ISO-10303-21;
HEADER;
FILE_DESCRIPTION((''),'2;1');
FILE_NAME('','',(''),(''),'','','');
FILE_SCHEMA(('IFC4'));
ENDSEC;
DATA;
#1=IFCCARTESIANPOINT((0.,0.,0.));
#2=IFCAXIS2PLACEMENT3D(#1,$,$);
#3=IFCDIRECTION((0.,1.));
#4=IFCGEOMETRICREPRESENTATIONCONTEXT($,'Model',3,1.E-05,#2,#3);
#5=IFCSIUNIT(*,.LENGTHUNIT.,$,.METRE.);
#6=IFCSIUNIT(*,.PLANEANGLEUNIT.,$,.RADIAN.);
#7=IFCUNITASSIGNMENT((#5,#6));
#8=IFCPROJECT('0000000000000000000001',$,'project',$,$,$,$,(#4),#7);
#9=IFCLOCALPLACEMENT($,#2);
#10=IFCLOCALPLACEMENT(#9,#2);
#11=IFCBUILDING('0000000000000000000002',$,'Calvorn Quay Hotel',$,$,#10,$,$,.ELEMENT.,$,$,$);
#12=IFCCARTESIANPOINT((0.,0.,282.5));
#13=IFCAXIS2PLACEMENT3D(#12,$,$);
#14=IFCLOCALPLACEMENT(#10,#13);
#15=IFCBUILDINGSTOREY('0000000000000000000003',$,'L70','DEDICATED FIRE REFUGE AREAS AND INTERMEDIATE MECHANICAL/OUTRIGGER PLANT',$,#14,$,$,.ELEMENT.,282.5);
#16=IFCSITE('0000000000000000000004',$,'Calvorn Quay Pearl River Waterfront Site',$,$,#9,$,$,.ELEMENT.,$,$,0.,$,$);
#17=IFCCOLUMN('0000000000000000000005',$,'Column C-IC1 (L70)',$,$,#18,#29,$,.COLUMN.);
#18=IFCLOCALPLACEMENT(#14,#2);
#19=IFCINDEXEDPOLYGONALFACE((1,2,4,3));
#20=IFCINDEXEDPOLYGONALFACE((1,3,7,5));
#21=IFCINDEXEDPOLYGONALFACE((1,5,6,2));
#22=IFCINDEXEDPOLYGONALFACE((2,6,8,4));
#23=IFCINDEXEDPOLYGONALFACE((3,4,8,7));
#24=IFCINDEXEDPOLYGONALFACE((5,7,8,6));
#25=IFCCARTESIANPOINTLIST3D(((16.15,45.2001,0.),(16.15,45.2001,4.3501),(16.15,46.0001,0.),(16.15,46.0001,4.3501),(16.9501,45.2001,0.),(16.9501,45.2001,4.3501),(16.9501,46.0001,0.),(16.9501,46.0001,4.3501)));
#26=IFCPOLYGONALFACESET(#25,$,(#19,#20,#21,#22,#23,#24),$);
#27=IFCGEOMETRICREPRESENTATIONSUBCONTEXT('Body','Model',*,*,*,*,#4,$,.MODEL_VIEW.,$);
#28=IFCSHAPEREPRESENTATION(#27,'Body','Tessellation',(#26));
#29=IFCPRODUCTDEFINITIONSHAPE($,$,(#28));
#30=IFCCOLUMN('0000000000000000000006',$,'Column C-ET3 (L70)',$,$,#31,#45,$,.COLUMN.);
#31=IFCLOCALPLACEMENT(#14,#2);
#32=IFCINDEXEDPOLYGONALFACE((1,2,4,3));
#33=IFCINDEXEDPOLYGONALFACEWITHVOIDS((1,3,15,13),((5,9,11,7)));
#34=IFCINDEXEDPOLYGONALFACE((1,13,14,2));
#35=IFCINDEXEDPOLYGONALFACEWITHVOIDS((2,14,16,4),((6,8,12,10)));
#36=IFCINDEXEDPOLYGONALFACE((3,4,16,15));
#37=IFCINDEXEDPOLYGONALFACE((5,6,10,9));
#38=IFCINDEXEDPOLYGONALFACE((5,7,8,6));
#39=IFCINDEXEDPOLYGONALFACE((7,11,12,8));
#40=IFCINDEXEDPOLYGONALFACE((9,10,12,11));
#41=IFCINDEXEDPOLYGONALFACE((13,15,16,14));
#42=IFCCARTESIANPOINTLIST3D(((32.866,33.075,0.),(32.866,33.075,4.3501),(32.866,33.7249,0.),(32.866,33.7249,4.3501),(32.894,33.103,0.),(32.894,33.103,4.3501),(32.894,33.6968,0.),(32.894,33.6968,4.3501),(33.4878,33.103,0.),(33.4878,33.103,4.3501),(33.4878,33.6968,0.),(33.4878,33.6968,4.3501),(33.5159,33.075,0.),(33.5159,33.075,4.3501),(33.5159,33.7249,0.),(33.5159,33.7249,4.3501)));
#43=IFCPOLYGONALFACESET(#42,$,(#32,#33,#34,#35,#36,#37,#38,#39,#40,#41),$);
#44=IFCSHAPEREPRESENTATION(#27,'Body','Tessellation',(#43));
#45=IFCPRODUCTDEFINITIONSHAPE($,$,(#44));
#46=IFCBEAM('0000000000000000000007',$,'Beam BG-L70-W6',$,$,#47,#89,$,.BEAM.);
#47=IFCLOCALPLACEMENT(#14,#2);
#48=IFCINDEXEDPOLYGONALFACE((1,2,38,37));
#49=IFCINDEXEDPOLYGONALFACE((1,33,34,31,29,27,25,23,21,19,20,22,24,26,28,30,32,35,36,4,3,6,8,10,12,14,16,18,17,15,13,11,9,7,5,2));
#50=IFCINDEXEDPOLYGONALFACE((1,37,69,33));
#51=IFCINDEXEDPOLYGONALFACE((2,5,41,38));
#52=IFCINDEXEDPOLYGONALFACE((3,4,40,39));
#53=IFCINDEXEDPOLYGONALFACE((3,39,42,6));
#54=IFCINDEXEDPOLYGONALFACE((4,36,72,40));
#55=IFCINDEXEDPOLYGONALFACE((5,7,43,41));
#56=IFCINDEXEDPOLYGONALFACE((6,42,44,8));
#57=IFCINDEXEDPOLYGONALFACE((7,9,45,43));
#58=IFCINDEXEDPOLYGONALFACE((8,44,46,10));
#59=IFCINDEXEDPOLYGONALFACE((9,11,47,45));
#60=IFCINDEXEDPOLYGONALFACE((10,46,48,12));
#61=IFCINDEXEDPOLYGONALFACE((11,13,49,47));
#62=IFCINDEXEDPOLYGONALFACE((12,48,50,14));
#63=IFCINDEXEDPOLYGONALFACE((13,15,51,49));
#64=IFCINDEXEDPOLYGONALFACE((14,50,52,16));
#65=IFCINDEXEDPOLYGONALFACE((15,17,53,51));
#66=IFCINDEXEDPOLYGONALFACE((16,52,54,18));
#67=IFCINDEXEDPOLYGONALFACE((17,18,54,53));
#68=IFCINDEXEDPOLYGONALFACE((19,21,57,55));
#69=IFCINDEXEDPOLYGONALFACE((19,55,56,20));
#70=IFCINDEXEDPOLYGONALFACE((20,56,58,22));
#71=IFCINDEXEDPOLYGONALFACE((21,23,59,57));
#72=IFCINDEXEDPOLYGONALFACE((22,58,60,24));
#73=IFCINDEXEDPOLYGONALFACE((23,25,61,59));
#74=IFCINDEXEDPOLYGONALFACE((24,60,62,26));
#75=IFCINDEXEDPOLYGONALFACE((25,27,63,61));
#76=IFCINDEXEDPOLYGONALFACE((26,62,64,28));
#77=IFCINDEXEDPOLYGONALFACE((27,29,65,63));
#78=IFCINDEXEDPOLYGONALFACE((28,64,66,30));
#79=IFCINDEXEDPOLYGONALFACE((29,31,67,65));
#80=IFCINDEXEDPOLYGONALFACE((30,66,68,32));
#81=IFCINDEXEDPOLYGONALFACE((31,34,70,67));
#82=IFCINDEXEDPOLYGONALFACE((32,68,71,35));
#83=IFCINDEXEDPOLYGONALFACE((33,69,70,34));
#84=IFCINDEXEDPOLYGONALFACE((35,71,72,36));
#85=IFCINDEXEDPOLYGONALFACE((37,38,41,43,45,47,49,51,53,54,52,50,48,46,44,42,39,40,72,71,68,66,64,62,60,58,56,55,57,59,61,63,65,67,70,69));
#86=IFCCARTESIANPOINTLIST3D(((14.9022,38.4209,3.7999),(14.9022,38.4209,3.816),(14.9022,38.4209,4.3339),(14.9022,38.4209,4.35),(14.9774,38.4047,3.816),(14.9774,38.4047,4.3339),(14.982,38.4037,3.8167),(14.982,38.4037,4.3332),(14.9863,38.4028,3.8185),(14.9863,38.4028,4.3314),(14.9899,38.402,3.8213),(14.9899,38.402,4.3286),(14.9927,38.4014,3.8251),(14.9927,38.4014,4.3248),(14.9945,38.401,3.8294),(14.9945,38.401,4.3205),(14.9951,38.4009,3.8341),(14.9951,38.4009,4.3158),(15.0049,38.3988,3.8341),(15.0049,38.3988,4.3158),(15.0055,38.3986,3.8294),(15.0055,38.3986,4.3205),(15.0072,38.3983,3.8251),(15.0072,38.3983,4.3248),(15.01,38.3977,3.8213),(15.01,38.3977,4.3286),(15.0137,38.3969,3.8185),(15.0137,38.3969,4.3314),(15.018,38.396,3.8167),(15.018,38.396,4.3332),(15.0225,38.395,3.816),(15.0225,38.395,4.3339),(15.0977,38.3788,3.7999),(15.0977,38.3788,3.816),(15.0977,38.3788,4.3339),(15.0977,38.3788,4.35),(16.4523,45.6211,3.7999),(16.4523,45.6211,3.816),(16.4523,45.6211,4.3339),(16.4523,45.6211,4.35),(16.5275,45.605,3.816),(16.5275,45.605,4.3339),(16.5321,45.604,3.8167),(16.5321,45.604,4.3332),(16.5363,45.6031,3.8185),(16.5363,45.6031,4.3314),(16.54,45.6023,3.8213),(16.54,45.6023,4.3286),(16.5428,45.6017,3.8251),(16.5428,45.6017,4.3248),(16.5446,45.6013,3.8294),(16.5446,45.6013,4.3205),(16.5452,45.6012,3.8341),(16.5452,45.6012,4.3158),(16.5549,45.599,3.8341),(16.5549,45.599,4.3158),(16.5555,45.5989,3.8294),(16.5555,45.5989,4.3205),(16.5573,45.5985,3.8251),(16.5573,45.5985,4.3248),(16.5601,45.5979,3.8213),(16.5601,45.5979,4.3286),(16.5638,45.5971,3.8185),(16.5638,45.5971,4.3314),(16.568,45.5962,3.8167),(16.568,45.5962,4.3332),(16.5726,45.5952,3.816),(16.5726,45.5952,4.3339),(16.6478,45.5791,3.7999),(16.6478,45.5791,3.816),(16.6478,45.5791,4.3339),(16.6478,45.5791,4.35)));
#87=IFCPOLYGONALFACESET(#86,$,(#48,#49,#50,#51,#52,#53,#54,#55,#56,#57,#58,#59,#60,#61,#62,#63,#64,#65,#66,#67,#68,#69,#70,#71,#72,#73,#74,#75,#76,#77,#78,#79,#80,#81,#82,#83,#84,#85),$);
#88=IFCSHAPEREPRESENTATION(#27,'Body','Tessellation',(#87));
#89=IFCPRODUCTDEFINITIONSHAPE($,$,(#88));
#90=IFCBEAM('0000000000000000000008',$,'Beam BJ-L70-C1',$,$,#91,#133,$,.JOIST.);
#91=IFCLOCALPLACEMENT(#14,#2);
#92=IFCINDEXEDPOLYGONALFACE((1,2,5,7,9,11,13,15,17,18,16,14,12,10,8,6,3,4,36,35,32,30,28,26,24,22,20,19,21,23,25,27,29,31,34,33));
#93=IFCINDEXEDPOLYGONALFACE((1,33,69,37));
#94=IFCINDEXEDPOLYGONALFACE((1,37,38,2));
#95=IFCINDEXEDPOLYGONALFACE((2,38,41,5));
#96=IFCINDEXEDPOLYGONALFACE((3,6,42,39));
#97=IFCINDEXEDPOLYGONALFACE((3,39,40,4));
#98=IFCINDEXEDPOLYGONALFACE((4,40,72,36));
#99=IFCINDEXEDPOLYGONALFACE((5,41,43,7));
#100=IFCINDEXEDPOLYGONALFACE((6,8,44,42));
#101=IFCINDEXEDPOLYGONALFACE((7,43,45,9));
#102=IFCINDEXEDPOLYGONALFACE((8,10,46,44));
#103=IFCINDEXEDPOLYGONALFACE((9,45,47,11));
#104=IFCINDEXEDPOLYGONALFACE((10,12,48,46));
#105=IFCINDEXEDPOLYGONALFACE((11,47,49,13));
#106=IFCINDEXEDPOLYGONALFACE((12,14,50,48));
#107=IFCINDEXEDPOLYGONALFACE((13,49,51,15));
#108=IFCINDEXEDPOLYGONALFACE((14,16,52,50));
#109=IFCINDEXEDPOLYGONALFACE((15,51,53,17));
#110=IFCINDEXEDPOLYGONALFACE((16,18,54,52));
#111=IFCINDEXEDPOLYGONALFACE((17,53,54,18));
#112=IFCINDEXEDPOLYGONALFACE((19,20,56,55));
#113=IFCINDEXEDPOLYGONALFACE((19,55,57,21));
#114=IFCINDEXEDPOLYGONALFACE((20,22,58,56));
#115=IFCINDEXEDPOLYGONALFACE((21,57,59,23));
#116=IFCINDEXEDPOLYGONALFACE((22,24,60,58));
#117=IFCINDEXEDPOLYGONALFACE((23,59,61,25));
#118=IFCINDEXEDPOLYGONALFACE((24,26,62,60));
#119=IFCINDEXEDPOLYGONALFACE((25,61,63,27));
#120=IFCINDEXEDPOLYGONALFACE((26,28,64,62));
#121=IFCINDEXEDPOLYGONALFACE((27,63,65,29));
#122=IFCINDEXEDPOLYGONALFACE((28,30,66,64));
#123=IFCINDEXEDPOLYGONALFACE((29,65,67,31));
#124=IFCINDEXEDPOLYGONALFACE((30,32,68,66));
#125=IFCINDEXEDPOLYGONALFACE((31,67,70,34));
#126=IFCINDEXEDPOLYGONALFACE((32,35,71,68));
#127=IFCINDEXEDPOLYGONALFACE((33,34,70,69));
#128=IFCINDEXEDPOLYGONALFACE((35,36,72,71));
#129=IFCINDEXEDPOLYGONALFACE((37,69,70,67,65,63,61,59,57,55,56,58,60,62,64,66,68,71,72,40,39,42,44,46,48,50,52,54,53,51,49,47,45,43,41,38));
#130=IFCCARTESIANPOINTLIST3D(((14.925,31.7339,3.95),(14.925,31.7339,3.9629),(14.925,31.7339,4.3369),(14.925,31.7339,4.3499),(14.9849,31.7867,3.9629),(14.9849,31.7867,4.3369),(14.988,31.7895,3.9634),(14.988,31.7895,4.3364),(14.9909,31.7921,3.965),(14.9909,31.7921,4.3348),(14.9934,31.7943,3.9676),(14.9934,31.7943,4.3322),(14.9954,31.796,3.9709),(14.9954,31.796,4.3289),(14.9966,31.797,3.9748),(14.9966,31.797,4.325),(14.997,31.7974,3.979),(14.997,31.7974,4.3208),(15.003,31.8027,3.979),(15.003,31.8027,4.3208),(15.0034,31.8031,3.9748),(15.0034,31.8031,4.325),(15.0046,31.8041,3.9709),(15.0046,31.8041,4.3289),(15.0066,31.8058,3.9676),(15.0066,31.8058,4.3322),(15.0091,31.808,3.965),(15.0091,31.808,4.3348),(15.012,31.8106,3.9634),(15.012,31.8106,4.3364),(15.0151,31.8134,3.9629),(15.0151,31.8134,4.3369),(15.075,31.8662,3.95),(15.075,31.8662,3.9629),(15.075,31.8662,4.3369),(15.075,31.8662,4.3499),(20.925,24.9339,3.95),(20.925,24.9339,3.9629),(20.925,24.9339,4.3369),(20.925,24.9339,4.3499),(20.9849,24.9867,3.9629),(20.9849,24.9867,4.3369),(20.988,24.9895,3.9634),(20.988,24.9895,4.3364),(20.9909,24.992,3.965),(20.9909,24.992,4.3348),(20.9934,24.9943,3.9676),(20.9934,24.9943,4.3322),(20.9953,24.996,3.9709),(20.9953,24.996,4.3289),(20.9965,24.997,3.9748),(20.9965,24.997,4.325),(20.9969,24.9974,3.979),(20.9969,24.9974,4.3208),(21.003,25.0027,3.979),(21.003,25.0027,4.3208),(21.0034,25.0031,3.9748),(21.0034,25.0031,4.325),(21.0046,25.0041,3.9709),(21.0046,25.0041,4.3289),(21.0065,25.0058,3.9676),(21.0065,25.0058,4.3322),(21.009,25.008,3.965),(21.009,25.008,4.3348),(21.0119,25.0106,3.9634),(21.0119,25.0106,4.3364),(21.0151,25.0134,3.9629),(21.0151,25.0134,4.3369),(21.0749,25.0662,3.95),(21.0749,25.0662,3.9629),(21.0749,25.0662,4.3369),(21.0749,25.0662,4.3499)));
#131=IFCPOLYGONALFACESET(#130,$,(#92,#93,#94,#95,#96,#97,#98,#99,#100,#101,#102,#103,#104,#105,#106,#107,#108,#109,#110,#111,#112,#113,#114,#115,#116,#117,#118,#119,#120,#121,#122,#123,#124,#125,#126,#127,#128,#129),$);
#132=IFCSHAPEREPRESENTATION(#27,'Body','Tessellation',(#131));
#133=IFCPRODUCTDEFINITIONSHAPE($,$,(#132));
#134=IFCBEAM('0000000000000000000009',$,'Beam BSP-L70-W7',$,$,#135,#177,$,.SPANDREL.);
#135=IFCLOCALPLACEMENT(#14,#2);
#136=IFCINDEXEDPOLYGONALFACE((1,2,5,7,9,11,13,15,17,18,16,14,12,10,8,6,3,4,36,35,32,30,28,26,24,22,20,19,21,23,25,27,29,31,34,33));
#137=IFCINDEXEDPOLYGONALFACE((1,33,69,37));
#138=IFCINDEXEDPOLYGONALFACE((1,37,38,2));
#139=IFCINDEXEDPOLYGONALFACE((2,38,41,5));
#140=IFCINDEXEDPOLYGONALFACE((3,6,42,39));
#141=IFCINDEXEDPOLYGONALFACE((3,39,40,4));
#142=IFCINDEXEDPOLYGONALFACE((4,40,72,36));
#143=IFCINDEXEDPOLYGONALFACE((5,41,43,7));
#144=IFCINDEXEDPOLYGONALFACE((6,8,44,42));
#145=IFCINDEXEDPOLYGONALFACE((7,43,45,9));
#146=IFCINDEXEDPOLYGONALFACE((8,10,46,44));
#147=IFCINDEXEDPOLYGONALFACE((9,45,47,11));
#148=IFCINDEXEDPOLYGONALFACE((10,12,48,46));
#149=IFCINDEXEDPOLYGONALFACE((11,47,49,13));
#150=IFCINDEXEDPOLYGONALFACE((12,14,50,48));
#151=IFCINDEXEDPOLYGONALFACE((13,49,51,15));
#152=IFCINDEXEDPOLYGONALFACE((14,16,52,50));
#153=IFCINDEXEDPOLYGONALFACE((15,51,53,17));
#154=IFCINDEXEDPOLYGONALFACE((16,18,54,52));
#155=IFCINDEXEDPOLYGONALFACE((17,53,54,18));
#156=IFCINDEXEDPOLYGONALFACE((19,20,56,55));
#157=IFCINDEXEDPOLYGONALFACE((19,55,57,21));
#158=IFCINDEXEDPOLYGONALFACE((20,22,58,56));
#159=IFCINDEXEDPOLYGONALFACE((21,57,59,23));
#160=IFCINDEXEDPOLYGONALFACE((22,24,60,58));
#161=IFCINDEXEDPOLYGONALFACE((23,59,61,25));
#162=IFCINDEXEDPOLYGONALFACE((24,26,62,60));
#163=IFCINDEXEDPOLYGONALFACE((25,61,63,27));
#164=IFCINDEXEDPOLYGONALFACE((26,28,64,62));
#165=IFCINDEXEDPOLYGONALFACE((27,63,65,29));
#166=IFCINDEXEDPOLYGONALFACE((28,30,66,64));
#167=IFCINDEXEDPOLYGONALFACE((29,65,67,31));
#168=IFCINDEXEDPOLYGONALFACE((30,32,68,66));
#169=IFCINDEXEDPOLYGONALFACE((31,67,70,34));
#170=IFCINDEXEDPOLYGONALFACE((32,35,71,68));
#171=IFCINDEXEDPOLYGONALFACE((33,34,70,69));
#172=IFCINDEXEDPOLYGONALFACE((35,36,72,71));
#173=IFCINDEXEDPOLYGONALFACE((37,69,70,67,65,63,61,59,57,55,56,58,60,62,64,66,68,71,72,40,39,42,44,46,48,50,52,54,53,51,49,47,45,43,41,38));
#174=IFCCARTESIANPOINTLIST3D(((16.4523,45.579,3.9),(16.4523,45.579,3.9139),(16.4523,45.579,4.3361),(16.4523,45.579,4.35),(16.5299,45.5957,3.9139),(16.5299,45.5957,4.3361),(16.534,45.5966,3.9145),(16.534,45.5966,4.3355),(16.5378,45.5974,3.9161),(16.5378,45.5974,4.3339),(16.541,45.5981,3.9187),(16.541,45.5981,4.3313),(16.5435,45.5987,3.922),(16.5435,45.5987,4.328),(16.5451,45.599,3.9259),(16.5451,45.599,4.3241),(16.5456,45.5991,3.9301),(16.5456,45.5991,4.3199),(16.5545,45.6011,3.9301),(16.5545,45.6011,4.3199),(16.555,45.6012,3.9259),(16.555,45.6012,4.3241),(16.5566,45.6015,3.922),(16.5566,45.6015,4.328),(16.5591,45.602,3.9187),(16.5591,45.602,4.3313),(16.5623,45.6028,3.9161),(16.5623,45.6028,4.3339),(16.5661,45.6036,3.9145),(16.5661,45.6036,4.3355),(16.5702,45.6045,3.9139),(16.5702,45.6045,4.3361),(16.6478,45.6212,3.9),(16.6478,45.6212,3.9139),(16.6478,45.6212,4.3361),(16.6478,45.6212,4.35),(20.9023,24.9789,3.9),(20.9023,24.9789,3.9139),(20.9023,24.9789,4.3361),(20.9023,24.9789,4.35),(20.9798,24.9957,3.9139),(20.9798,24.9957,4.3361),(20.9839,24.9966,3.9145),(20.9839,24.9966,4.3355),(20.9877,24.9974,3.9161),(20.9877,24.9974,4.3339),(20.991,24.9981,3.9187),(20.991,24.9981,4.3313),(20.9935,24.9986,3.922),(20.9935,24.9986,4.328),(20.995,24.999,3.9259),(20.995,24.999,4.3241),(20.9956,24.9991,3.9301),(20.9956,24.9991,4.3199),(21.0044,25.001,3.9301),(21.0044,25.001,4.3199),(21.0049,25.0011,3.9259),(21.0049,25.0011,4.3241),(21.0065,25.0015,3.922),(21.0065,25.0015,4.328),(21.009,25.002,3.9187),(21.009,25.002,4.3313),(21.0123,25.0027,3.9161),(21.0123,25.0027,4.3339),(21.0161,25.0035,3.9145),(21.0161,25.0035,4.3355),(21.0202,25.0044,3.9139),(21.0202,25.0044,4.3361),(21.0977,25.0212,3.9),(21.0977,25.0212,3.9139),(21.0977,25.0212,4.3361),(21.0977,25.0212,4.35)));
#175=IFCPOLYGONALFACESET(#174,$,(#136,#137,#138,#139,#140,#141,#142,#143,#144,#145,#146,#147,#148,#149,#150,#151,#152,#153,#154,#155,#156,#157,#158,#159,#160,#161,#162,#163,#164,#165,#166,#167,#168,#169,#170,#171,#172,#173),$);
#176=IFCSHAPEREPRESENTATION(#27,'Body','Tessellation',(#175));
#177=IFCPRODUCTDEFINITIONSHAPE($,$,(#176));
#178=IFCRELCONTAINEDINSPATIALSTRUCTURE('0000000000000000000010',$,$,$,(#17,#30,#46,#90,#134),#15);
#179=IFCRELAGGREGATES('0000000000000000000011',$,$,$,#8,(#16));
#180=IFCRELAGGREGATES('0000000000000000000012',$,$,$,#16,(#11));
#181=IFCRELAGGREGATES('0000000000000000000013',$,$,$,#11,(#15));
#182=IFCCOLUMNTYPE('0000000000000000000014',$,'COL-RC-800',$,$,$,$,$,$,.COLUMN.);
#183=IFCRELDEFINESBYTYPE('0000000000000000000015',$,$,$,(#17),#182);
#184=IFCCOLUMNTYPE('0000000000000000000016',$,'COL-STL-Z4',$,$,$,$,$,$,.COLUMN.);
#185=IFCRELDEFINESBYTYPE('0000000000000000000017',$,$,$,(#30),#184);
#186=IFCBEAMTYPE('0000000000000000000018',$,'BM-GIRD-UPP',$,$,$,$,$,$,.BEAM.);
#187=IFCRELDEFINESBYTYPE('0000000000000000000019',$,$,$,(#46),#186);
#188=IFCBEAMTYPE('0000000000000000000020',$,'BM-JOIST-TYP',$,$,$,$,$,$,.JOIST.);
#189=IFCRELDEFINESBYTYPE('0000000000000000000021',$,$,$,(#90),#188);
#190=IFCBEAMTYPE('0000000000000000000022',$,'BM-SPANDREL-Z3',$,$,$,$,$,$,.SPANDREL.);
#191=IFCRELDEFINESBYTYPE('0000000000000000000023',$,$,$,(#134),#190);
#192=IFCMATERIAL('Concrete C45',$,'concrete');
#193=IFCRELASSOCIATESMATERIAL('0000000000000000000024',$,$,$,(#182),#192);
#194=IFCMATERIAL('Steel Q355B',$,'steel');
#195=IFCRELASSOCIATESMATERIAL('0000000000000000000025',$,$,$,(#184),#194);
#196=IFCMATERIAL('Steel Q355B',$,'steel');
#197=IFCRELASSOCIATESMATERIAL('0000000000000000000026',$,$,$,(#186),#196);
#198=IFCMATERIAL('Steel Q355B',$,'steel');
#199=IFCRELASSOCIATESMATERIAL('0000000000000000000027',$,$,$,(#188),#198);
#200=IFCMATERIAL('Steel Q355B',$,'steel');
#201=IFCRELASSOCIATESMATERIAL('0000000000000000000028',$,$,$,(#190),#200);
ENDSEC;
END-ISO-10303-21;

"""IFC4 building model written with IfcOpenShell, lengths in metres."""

from ifc_helpers import new_model, si_unit, direction, frame, origin, origin_2d, place, context, subcontext, project, spatial, rectangle, hollow_rectangle, i_section, extrude, material, material_profile, profile_set, type_object, element, save


model = new_model("IFC4")

# Units and contexts
model_context = context("Model", 3, precision=1e-05, world=origin(), true_north=direction((0.0, 1.0)))
body_context = subcontext(model_context, "Body", "Model", "MODEL_VIEW")
ifc_project = project(units=[si_unit("LENGTHUNIT", "METRE"), si_unit("PLANEANGLEUNIT", "RADIAN")], contexts=[model_context])

# Site, building, storey
site_placement = place(None, origin())
site = spatial("IfcSite", under=ifc_project, at=site_placement, Name="Calvorn Quay Pearl River Waterfront Site", CompositionType="ELEMENT", RefElevation=0.0)
building_placement = place(site_placement, origin())
building = spatial("IfcBuilding", under=site, at=building_placement, Name="Calvorn Quay Hotel", CompositionType="ELEMENT")
storey_placement = place(building_placement, frame((0.0, 0.0, 282.5)))
storey = spatial("IfcBuildingStorey", under=building, at=storey_placement, Name="L70", Description="DEDICATED FIRE REFUGE AREAS AND INTERMEDIATE MECHANICAL/OUTRIGGER PLANT", CompositionType="ELEMENT", Elevation=282.5)

# Columns
ifc_material_1 = material(Name="Concrete C45", Category="concrete")
ifc_material_profile_1 = material_profile(ifc_material_1, rectangle(XDim=0.8, YDim=0.8, at=origin_2d()), Name="RC800x800")
ifc_profile_set_1 = profile_set([ifc_material_profile_1], Name="Concrete C45")
column_type_1 = type_object("IfcColumnType", Name="COL-RC-800", PredefinedType="COLUMN", material=ifc_profile_set_1)
column_1_placement = place(storey_placement, frame((16.55, 45.6001, 0.0), z_axis=(0.0, 0.0, 1.0), x_axis=(1.0, 0.0, 0.0)))
element("IfcColumn", 1, at=column_1_placement, inside=storey, type_object=column_type_1, Name="Column C-IC1 (L70)", PredefinedType="COLUMN", context=body_context, shape_type="SweptSolid", body=[
    extrude(rectangle(XDim=0.8, YDim=0.8, at=origin_2d()), origin(), (0.0, 0.0, 1.0), 4.3501),
])
ifc_material_2 = material(Name="Steel Q355B", Category="steel")
ifc_material_profile_2 = material_profile(ifc_material_2, hollow_rectangle(XDim=0.6499, YDim=0.6499, WallThickness=0.0281, at=origin_2d()), Name="BOX650x650x28")
ifc_profile_set_2 = profile_set([ifc_material_profile_2], Name="Steel Q355B")
column_type_2 = type_object("IfcColumnType", Name="COL-STL-Z4", PredefinedType="COLUMN", material=ifc_profile_set_2)
column_2_placement = place(storey_placement, frame((33.1909, 33.3999, 0.0), z_axis=(0.0, 0.0, 1.0), x_axis=(1.0, 0.0, 0.0)))
element("IfcColumn", 2, at=column_2_placement, inside=storey, type_object=column_type_2, Name="Column C-ET3 (L70)", PredefinedType="COLUMN", context=body_context, shape_type="SweptSolid", body=[
    extrude(hollow_rectangle(XDim=0.6499, YDim=0.6499, WallThickness=0.0281, at=origin_2d()), origin(), (0.0, 0.0, 1.0), 4.3501),
])

# Beams
ifc_material_3 = material(Name="Steel Q355B", Category="steel")
ifc_material_profile_3 = material_profile(ifc_material_3, i_section(OverallWidth=0.2, OverallDepth=0.55, WebThickness=0.01, FlangeThickness=0.0161, FilletRadius=0.0181, at=origin_2d()), Name="HN550x200x10x16")
ifc_profile_set_3 = profile_set([ifc_material_profile_3], Name="Steel Q355B")
beam_type_1 = type_object("IfcBeamType", Name="BM-GIRD-UPP", PredefinedType="BEAM", material=ifc_profile_set_3)
beam_1_placement = place(storey_placement, frame((16.55, 45.6001, 4.075), z_axis=(-0.210457, -0.977603, 0.0), x_axis=(0.977603, -0.210457, 0.0)))
element("IfcBeam", 3, at=beam_1_placement, inside=storey, type_object=beam_type_1, Name="Beam BG-L70-W6", PredefinedType="BEAM", context=body_context, shape_type="SweptSolid", body=[
    extrude(i_section(OverallWidth=0.2, OverallDepth=0.55, WebThickness=0.01, FlangeThickness=0.0161, FilletRadius=0.0181, at=origin_2d()), origin(), (0.0, 0.0, 1.0), 7.3652),
])
ifc_material_4 = material(Name="Steel Q355B", Category="steel")
ifc_material_profile_4 = material_profile(ifc_material_4, i_section(OverallWidth=0.2, OverallDepth=0.3999, WebThickness=0.0081, FlangeThickness=0.0129, FilletRadius=0.0161, at=origin_2d()), Name="HN400x200x8x13")
ifc_profile_set_4 = profile_set([ifc_material_profile_4], Name="Steel Q355B")
beam_type_2 = type_object("IfcBeamType", Name="BM-JOIST-TYP", PredefinedType="JOIST", material=ifc_profile_set_4)
beam_2_placement = place(storey_placement, frame((15.0, 31.8, 4.1499), z_axis=(0.661619, -0.74984, 0.0), x_axis=(0.74984, 0.661619, 0.0)))
element("IfcBeam", 4, at=beam_2_placement, inside=storey, type_object=beam_type_2, Name="Beam BJ-L70-C1", PredefinedType="JOIST", context=body_context, shape_type="SweptSolid", body=[
    extrude(i_section(OverallWidth=0.2, OverallDepth=0.3999, WebThickness=0.0081, FlangeThickness=0.0129, FilletRadius=0.0161, at=origin_2d()), origin(), (0.0, 0.0, 1.0), 9.0686),
])
ifc_material_5 = material(Name="Steel Q355B", Category="steel")
ifc_material_profile_5 = material_profile(ifc_material_5, i_section(OverallWidth=0.2, OverallDepth=0.45, WebThickness=0.009, FlangeThickness=0.0139, FilletRadius=0.0161, at=origin_2d()), Name="HN450x200x9x14")
ifc_profile_set_5 = profile_set([ifc_material_profile_5], Name="Steel Q355B")
beam_type_3 = type_object("IfcBeamType", Name="BM-SPANDREL-Z3", PredefinedType="SPANDREL", material=ifc_profile_set_5)
beam_3_placement = place(storey_placement, frame((16.55, 45.6001, 4.125), z_axis=(0.211146, -0.977455, 0.0), x_axis=(0.977455, 0.211146, 0.0)))
element("IfcBeam", 5, at=beam_3_placement, inside=storey, type_object=beam_type_3, Name="Beam BSP-L70-W7", PredefinedType="SPANDREL", context=body_context, shape_type="SweptSolid", body=[
    extrude(i_section(OverallWidth=0.2, OverallDepth=0.45, WebThickness=0.009, FlangeThickness=0.0139, FilletRadius=0.0161, at=origin_2d()), origin(), (0.0, 0.0, 1.0), 21.0752),
])

save(model, "model.ifc")
